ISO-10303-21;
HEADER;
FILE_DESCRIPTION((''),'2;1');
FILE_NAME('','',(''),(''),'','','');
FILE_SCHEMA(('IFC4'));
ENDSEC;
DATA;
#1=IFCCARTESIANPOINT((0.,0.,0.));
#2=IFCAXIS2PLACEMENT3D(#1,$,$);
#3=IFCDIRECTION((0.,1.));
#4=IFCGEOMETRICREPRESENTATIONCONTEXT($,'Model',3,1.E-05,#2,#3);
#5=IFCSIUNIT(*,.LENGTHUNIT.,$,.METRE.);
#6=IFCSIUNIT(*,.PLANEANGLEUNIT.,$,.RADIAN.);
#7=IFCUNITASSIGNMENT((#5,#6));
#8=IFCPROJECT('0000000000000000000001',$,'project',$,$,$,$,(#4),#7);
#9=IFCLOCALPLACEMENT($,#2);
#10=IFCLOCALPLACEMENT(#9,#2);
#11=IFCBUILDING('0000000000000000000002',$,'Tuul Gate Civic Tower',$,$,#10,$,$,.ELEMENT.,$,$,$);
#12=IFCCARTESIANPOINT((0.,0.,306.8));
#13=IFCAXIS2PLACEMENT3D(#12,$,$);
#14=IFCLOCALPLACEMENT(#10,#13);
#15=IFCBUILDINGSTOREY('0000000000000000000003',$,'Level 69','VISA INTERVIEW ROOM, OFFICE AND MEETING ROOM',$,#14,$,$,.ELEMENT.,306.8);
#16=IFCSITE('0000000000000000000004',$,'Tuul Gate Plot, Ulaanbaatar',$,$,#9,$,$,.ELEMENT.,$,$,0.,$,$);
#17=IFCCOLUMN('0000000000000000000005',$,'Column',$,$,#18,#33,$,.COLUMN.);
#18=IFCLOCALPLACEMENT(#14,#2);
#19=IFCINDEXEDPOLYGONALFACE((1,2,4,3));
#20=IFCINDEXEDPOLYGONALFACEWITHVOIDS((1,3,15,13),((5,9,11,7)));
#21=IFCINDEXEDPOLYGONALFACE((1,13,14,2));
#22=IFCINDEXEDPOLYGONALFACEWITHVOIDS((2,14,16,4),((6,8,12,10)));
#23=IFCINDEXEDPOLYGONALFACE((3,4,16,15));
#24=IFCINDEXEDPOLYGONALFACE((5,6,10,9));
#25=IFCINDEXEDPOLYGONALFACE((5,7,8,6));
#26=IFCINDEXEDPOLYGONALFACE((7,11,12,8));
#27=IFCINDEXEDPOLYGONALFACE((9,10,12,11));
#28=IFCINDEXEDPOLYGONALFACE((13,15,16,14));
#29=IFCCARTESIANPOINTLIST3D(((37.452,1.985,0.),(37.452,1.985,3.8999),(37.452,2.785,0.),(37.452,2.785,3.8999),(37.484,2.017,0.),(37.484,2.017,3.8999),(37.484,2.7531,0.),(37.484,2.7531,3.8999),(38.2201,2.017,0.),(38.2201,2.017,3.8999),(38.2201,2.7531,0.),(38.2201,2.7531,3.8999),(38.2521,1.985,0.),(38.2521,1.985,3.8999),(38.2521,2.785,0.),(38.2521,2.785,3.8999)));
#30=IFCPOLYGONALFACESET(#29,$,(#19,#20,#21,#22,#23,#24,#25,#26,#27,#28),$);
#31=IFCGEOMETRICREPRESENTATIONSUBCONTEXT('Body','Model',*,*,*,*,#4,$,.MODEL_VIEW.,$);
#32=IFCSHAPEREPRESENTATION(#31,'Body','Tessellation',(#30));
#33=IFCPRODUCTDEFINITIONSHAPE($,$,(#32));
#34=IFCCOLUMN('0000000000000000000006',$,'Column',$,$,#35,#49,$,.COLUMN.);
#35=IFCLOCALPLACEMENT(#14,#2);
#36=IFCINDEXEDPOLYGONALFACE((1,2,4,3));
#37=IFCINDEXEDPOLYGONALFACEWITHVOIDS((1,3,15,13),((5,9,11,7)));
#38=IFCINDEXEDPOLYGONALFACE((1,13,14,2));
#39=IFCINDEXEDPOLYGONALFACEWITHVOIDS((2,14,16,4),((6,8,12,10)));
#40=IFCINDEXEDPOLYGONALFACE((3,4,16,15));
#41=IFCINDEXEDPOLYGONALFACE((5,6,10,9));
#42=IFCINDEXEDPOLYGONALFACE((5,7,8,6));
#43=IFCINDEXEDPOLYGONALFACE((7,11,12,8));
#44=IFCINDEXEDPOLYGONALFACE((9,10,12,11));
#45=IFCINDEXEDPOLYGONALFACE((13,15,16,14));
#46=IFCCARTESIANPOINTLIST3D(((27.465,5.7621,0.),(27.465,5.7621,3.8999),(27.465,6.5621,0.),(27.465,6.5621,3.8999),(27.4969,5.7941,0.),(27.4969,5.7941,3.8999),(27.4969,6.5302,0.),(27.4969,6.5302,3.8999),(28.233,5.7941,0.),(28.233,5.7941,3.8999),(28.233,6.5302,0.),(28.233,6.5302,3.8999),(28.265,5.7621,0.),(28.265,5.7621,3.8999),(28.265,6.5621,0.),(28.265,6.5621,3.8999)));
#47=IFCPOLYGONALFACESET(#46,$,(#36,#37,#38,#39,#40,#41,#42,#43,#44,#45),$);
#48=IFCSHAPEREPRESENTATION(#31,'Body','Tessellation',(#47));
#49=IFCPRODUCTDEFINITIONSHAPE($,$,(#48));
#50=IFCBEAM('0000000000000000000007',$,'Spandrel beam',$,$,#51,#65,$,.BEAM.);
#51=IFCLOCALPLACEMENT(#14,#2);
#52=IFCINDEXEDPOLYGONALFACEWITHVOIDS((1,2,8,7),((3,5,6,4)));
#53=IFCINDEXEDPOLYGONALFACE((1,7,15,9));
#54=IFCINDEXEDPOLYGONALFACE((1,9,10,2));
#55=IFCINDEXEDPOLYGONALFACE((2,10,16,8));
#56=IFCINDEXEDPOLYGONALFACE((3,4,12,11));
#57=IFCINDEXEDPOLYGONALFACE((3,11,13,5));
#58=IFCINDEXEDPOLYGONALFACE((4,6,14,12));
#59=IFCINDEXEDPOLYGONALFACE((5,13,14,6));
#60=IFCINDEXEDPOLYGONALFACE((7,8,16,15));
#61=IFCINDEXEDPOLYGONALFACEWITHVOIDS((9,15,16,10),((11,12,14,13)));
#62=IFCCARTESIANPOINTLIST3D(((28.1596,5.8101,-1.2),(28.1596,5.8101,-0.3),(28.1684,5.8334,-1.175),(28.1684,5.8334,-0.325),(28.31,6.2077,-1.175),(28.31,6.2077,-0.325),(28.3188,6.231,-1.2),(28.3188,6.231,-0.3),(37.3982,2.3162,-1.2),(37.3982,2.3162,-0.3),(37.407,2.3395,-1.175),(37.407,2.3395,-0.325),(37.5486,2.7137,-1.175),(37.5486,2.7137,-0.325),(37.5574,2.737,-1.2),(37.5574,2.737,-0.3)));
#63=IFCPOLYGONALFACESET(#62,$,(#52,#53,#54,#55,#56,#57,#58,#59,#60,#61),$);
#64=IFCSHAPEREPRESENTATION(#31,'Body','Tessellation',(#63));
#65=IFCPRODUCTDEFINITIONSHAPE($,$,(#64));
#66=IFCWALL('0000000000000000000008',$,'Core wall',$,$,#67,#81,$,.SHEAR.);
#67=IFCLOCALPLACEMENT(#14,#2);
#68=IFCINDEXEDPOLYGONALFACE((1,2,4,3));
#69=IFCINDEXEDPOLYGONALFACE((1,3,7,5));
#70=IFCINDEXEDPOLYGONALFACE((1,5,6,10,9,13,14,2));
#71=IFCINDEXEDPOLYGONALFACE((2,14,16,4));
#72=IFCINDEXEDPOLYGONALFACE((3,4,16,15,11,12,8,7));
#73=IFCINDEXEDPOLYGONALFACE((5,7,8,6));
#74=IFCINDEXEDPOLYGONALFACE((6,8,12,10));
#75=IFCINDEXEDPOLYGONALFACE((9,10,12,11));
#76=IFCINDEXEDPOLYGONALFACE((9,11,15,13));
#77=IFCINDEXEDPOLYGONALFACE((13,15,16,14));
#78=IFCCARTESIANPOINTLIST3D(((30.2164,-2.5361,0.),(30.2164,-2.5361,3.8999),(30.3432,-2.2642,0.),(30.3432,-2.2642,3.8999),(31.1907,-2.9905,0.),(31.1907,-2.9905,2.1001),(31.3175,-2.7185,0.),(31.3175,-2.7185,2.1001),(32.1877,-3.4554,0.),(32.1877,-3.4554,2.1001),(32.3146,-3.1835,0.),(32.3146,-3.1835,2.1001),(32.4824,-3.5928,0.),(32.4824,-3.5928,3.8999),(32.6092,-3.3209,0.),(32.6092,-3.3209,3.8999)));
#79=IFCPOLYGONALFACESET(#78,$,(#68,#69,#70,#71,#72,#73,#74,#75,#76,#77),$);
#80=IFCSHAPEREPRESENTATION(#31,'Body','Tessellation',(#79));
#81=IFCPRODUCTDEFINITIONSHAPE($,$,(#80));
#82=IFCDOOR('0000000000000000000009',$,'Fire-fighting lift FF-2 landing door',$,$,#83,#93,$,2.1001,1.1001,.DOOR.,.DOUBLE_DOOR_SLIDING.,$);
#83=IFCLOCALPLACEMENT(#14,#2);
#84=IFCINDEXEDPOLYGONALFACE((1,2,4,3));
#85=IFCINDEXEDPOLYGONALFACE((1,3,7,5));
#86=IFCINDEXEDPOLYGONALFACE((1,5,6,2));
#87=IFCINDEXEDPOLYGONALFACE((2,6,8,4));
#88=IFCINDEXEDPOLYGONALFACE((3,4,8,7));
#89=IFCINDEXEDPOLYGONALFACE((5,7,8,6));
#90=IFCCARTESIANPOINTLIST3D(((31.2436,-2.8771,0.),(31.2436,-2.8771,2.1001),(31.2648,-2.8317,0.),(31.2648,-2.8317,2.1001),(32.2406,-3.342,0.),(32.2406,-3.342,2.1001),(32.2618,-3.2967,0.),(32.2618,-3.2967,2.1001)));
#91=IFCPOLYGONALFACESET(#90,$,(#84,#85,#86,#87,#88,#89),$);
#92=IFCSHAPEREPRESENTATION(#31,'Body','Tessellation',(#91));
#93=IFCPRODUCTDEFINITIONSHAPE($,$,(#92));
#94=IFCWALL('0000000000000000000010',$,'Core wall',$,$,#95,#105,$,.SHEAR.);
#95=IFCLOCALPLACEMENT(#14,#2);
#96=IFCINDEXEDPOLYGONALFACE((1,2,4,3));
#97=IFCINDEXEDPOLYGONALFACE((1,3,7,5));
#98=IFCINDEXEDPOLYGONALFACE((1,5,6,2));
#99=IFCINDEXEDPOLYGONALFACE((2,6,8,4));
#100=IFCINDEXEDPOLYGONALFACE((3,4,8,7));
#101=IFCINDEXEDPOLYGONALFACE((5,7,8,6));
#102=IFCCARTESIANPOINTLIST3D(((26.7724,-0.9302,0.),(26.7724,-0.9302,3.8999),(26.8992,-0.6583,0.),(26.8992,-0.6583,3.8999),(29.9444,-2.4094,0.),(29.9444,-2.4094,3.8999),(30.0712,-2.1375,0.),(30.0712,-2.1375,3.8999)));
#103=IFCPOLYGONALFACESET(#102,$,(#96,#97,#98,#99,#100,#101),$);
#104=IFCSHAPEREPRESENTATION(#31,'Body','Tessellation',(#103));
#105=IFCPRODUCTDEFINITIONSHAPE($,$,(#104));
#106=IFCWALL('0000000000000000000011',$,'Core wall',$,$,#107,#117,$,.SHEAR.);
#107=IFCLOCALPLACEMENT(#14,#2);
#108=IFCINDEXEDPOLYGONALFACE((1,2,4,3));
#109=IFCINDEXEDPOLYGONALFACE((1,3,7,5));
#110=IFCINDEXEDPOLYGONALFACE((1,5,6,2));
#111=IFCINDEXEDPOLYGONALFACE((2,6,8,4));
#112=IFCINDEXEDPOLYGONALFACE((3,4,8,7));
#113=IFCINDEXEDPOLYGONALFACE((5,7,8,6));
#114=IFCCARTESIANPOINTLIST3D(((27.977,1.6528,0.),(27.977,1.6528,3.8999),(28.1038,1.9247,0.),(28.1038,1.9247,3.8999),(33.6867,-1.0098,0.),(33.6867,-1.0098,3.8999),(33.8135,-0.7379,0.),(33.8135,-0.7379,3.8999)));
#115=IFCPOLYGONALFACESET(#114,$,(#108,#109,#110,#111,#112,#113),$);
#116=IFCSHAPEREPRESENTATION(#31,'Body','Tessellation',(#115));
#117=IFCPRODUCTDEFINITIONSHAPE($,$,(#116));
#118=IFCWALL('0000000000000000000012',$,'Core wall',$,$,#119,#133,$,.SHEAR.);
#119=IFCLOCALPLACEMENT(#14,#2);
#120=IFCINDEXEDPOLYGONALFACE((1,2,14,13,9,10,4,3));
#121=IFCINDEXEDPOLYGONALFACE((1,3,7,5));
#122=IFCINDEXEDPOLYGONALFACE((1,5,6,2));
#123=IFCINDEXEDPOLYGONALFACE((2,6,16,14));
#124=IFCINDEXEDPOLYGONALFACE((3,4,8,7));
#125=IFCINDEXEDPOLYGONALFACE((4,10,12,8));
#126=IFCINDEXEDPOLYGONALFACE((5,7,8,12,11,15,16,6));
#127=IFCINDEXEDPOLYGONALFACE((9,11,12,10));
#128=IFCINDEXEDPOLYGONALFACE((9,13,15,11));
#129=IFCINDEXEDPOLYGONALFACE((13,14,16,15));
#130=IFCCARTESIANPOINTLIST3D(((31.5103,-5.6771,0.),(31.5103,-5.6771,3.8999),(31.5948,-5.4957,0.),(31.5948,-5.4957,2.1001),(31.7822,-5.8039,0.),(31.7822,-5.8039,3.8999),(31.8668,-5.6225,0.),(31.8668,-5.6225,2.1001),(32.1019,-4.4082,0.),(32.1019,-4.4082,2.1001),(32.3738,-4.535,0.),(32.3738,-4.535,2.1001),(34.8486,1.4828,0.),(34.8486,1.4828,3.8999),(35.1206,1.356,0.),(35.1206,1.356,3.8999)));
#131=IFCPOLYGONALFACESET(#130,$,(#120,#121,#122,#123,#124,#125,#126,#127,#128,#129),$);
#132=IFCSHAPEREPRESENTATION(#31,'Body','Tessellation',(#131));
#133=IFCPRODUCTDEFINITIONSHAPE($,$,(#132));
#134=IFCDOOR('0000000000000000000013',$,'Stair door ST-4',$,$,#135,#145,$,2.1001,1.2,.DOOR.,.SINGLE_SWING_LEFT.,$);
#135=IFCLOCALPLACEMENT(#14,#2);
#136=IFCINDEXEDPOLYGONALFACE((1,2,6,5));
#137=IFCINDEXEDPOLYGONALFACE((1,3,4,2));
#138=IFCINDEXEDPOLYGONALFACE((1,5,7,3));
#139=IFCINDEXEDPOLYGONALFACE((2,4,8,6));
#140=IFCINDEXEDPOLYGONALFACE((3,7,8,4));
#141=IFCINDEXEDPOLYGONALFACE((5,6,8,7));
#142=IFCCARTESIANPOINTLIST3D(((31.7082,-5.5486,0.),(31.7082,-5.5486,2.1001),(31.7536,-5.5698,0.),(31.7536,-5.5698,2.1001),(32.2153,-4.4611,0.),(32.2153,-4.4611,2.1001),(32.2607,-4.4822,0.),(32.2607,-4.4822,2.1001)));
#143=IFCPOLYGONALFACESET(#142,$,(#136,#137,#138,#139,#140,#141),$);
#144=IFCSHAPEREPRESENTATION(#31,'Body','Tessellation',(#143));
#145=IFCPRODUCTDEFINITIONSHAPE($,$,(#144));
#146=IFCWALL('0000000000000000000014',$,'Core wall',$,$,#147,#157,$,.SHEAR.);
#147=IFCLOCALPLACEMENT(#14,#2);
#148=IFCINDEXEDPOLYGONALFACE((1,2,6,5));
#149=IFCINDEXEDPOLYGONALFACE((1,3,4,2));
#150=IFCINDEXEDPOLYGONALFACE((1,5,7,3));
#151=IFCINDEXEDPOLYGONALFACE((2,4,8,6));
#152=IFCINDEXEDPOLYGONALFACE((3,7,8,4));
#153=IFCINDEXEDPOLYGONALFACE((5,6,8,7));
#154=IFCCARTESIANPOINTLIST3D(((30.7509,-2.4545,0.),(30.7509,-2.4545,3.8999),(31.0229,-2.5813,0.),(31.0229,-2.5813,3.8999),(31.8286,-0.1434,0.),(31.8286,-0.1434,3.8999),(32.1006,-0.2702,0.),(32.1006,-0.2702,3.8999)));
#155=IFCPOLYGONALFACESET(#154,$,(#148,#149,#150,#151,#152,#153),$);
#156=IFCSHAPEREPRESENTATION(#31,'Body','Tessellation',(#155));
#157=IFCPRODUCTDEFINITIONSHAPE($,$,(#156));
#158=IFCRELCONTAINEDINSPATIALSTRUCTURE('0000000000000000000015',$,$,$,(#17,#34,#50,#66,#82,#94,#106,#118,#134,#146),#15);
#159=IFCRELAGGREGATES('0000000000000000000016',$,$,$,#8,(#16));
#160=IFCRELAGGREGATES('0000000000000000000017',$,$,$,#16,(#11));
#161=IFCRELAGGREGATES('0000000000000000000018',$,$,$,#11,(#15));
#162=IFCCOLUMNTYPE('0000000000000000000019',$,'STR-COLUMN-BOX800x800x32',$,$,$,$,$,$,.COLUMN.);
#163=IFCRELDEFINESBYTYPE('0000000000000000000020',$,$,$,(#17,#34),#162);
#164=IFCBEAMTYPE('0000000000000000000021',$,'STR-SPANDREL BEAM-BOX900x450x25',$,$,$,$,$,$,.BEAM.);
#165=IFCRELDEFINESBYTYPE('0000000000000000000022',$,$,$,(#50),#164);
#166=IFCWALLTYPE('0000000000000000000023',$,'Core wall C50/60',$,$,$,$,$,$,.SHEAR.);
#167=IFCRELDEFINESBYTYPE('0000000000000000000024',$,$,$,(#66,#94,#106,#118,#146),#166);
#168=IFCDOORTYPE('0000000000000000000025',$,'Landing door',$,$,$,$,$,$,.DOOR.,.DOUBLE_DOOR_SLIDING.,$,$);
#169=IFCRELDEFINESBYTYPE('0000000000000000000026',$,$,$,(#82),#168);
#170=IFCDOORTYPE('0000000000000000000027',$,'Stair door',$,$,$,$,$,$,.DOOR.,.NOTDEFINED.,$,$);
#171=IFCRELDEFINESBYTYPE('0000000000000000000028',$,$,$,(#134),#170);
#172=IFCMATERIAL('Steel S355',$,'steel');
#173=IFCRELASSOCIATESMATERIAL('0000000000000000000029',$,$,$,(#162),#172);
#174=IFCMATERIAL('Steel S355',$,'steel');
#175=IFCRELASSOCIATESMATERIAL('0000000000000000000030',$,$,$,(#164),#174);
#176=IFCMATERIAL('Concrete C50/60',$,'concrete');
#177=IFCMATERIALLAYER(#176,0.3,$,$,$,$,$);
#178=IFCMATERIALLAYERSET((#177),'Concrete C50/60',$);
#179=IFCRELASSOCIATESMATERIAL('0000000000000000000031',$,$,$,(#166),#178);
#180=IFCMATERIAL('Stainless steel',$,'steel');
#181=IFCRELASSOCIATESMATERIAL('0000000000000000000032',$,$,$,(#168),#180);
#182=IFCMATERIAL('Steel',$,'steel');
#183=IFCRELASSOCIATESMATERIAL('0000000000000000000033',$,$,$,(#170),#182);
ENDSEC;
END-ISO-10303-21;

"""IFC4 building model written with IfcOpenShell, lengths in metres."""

from ifc_helpers import new_model, si_unit, direction, frame, frame_2d, origin, origin_2d, place, context, subcontext, project, spatial, rectangle, hollow_rectangle, extrude, material, layer, layer_set, material_profile, profile_set, type_object, element, fill, save


model = new_model("IFC4")

# Units and contexts
model_context = context("Model", 3, precision=1e-05, world=origin(), true_north=direction((0.0, 1.0)))
body_context = subcontext(model_context, "Body", "Model", "MODEL_VIEW")
ifc_project = project(units=[si_unit("LENGTHUNIT", "METRE"), si_unit("PLANEANGLEUNIT", "RADIAN")], contexts=[model_context])

# Site, building, storey
site_placement = place(None, origin())
site = spatial("IfcSite", under=ifc_project, at=site_placement, Name="Tuul Gate Plot, Ulaanbaatar", CompositionType="ELEMENT", RefElevation=0.0)
building_placement = place(site_placement, origin())
building = spatial("IfcBuilding", under=site, at=building_placement, Name="Tuul Gate Civic Tower", CompositionType="ELEMENT")
storey_placement = place(building_placement, frame((0.0, 0.0, 306.8)))
storey = spatial("IfcBuildingStorey", under=building, at=storey_placement, Name="Level 69", Description="VISA INTERVIEW ROOM, OFFICE AND MEETING ROOM", CompositionType="ELEMENT", Elevation=306.8)

# Columns
ifc_material_1 = material(Name="Steel S355", Category="steel")
ifc_material_profile_1 = material_profile(ifc_material_1, hollow_rectangle(XDim=0.8, YDim=0.8, WallThickness=0.032, at=origin_2d()), Name="BOX800x800x32")
ifc_profile_set_1 = profile_set([ifc_material_profile_1], Name="Steel S355")
column_type = type_object("IfcColumnType", Name="STR-COLUMN-BOX800x800x32", PredefinedType="COLUMN", material=ifc_profile_set_1)
for number, where, z_axis, x_axis, name in (
    (1, (37.8521, 2.385, 0.0), (0.0, 0.0, 1.0), (1.0, 0.0, 0.0), "Column"),
    (2, (27.865, 6.1621, 0.0), (0.0, 0.0, 1.0), (1.0, 0.0, 0.0), "Column"),
):
    element("IfcColumn", number, at=place(storey_placement, frame(where, z_axis=z_axis, x_axis=x_axis)), inside=storey, type_object=column_type, Name=name, PredefinedType="COLUMN", context=body_context, shape_type="SweptSolid", body=[
        extrude(hollow_rectangle(XDim=0.8, YDim=0.8, WallThickness=0.032, at=origin_2d()), origin(), (0.0, 0.0, 1.0), 3.8999),
    ])

# Beam
ifc_material_2 = material(Name="Steel S355", Category="steel")
ifc_material_profile_2 = material_profile(ifc_material_2, hollow_rectangle(XDim=0.45, YDim=0.8999, WallThickness=0.0249, at=origin_2d()), Name="BOX900x450x25")
ifc_profile_set_2 = profile_set([ifc_material_profile_2], Name="Steel S355")
beam_type = type_object("IfcBeamType", Name="STR-SPANDREL BEAM-BOX900x450x25", PredefinedType="BEAM", material=ifc_profile_set_2)
beam_placement = place(storey_placement, frame((37.4778, 2.5266, -0.75), z_axis=(-0.935345, 0.353736, 0.0), x_axis=(-0.353736, -0.935345, 0.0)))
element("IfcBeam", 3, at=beam_placement, inside=storey, type_object=beam_type, Name="Spandrel beam", PredefinedType="BEAM", context=body_context, shape_type="SweptSolid", body=[
    extrude(hollow_rectangle(XDim=0.45, YDim=0.8999, WallThickness=0.0249, at=origin_2d()), origin(), (0.0, 0.0, 1.0), 9.8772),
])

# Wall, opening, door
ifc_material_3 = material(Name="Concrete C50/60", Category="concrete")
ifc_layer_1 = layer(ifc_material_3, 0.3)
ifc_layer_set_1 = layer_set([ifc_layer_1], Name="Concrete C50/60")
wall_type_1 = type_object("IfcWallType", Name="Core wall C50/60", PredefinedType="SHEAR", material=ifc_layer_set_1)
wall_1_placement = place(storey_placement, frame((32.5457, -3.4568, 0.0), z_axis=(0.0, 0.0, 1.0), x_axis=(-0.9063, 0.422634, 0.0)))
wall_1 = element("IfcWall", 4, at=wall_1_placement, inside=storey, type_object=wall_type_1, Name="Core wall", PredefinedType="SHEAR", context=body_context, shape_type="SweptSolid", body=[
    extrude(rectangle(XDim=2.5002, YDim=0.3, at=frame_2d((1.25, 0.0))), origin(), (0.0, 0.0, 1.0), 3.8999),
])
opening_1_placement = place(wall_1_placement, frame((0.325, 0.0, 0.0)))
opening_1 = element("IfcOpeningElement", 5, at=opening_1_placement, cuts=wall_1, PredefinedType="OPENING", context=body_context, shape_type="SweptSolid", body=[
    extrude(rectangle(XDim=1.1001, YDim=2.1001, at=frame_2d((0.55, 1.05))), frame((0.0, 0.1602, 0.0), z_axis=(0.0, -1.0, 0.0), x_axis=(1.0, 0.0, 0.0)), (0.0, 0.0, 1.0), 0.3201),
])
ifc_material_4 = material(Name="Stainless steel", Category="steel")
door_type_1 = type_object("IfcDoorType", Name="Landing door", OperationType="DOUBLE_DOOR_SLIDING", PredefinedType="DOOR", material=ifc_material_4)
door_1_placement = place(opening_1_placement, origin())
door_1 = element("IfcDoor", 6, at=door_1_placement, inside=storey, type_object=door_type_1, Name="Fire-fighting lift FF-2 landing door", OperationType="DOUBLE_DOOR_SLIDING", OverallHeight=2.1001, OverallWidth=1.1001, PredefinedType="DOOR", context=body_context, shape_type="SweptSolid", body=[
    extrude(rectangle(XDim=1.1001, YDim=2.1001, at=frame_2d((0.55, 1.05))), frame((0.0, 0.0249, 0.0), z_axis=(0.0, -1.0, 0.0), x_axis=(1.0, 0.0, 0.0)), (0.0, 0.0, 1.0), 0.05),
])
fill(opening_1, door_1)

# Walls
wall_2_placement = place(storey_placement, frame((30.0078, -2.2734, 0.0), z_axis=(0.0, 0.0, 1.0), x_axis=(-0.906301, 0.422633, 0.0)))
element("IfcWall", 7, at=wall_2_placement, inside=storey, type_object=wall_type_1, Name="Core wall", PredefinedType="SHEAR", context=body_context, shape_type="SweptSolid", body=[
    extrude(rectangle(XDim=3.5, YDim=0.3, at=frame_2d((1.75, 0.0))), origin(), (0.0, 0.0, 1.0), 3.8999),
])
wall_3_placement = place(storey_placement, frame((33.75, -0.8738, 0.0), z_axis=(0.0, 0.0, 1.0), x_axis=(-0.906301, 0.422633, 0.0)))
element("IfcWall", 8, at=wall_3_placement, inside=storey, type_object=wall_type_1, Name="Core wall", PredefinedType="SHEAR", context=body_context, shape_type="SweptSolid", body=[
    extrude(rectangle(XDim=6.3, YDim=0.3, at=frame_2d((3.1499, 0.0))), origin(), (0.0, 0.0, 1.0), 3.8999),
])

# Wall, opening, door
wall_4_placement = place(storey_placement, frame((31.6462, -5.7405, 0.0), z_axis=(0.0, 0.0, 1.0), x_axis=(0.422583, 0.906324, 0.0)))
wall_4 = element("IfcWall", 9, at=wall_4_placement, inside=storey, type_object=wall_type_1, Name="Core wall", PredefinedType="SHEAR", context=body_context, shape_type="SweptSolid", body=[
    extrude(rectangle(XDim=7.8999, YDim=0.3, at=frame_2d((3.95, 0.0))), origin(), (0.0, 0.0, 1.0), 3.8999),
])
opening_2_placement = place(wall_4_placement, frame((0.2, 0.0, 0.0)))
opening_2 = element("IfcOpeningElement", 10, at=opening_2_placement, cuts=wall_4, PredefinedType="OPENING", context=body_context, shape_type="SweptSolid", body=[
    extrude(rectangle(XDim=1.2, YDim=2.1001, at=frame_2d((0.6001, 1.05))), frame((0.0, 0.1602, 0.0), z_axis=(0.0, -1.0, 0.0), x_axis=(1.0, 0.0, 0.0)), (0.0, 0.0, 1.0), 0.3201),
])
ifc_material_5 = material(Name="Steel", Category="steel")
door_type_2 = type_object("IfcDoorType", Name="Stair door", OperationType="NOTDEFINED", PredefinedType="DOOR", material=ifc_material_5)
door_2_placement = place(opening_2_placement, origin())
door_2 = element("IfcDoor", 11, at=door_2_placement, inside=storey, type_object=door_type_2, Name="Stair door ST-4", OperationType="SINGLE_SWING_LEFT", OverallHeight=2.1001, OverallWidth=1.2, PredefinedType="DOOR", context=body_context, shape_type="SweptSolid", body=[
    extrude(rectangle(XDim=1.2, YDim=2.1001, at=frame_2d((0.6001, 1.05))), frame((0.0, 0.0249, 0.0), z_axis=(0.0, -1.0, 0.0), x_axis=(1.0, 0.0, 0.0)), (0.0, 0.0, 1.0), 0.05),
])
fill(opening_2, door_2)

# Wall
wall_5_placement = place(storey_placement, frame((30.887, -2.5178, 0.0), z_axis=(0.0, 0.0, 1.0), x_axis=(0.422613, 0.90631, 0.0)))
element("IfcWall", 12, at=wall_5_placement, inside=storey, type_object=wall_type_1, Name="Core wall", PredefinedType="SHEAR", context=body_context, shape_type="SweptSolid", body=[
    extrude(rectangle(XDim=2.55, YDim=0.3, at=frame_2d((1.2749, 0.0))), origin(), (0.0, 0.0, 1.0), 3.8999),
])

save(model, "model.ifc")
